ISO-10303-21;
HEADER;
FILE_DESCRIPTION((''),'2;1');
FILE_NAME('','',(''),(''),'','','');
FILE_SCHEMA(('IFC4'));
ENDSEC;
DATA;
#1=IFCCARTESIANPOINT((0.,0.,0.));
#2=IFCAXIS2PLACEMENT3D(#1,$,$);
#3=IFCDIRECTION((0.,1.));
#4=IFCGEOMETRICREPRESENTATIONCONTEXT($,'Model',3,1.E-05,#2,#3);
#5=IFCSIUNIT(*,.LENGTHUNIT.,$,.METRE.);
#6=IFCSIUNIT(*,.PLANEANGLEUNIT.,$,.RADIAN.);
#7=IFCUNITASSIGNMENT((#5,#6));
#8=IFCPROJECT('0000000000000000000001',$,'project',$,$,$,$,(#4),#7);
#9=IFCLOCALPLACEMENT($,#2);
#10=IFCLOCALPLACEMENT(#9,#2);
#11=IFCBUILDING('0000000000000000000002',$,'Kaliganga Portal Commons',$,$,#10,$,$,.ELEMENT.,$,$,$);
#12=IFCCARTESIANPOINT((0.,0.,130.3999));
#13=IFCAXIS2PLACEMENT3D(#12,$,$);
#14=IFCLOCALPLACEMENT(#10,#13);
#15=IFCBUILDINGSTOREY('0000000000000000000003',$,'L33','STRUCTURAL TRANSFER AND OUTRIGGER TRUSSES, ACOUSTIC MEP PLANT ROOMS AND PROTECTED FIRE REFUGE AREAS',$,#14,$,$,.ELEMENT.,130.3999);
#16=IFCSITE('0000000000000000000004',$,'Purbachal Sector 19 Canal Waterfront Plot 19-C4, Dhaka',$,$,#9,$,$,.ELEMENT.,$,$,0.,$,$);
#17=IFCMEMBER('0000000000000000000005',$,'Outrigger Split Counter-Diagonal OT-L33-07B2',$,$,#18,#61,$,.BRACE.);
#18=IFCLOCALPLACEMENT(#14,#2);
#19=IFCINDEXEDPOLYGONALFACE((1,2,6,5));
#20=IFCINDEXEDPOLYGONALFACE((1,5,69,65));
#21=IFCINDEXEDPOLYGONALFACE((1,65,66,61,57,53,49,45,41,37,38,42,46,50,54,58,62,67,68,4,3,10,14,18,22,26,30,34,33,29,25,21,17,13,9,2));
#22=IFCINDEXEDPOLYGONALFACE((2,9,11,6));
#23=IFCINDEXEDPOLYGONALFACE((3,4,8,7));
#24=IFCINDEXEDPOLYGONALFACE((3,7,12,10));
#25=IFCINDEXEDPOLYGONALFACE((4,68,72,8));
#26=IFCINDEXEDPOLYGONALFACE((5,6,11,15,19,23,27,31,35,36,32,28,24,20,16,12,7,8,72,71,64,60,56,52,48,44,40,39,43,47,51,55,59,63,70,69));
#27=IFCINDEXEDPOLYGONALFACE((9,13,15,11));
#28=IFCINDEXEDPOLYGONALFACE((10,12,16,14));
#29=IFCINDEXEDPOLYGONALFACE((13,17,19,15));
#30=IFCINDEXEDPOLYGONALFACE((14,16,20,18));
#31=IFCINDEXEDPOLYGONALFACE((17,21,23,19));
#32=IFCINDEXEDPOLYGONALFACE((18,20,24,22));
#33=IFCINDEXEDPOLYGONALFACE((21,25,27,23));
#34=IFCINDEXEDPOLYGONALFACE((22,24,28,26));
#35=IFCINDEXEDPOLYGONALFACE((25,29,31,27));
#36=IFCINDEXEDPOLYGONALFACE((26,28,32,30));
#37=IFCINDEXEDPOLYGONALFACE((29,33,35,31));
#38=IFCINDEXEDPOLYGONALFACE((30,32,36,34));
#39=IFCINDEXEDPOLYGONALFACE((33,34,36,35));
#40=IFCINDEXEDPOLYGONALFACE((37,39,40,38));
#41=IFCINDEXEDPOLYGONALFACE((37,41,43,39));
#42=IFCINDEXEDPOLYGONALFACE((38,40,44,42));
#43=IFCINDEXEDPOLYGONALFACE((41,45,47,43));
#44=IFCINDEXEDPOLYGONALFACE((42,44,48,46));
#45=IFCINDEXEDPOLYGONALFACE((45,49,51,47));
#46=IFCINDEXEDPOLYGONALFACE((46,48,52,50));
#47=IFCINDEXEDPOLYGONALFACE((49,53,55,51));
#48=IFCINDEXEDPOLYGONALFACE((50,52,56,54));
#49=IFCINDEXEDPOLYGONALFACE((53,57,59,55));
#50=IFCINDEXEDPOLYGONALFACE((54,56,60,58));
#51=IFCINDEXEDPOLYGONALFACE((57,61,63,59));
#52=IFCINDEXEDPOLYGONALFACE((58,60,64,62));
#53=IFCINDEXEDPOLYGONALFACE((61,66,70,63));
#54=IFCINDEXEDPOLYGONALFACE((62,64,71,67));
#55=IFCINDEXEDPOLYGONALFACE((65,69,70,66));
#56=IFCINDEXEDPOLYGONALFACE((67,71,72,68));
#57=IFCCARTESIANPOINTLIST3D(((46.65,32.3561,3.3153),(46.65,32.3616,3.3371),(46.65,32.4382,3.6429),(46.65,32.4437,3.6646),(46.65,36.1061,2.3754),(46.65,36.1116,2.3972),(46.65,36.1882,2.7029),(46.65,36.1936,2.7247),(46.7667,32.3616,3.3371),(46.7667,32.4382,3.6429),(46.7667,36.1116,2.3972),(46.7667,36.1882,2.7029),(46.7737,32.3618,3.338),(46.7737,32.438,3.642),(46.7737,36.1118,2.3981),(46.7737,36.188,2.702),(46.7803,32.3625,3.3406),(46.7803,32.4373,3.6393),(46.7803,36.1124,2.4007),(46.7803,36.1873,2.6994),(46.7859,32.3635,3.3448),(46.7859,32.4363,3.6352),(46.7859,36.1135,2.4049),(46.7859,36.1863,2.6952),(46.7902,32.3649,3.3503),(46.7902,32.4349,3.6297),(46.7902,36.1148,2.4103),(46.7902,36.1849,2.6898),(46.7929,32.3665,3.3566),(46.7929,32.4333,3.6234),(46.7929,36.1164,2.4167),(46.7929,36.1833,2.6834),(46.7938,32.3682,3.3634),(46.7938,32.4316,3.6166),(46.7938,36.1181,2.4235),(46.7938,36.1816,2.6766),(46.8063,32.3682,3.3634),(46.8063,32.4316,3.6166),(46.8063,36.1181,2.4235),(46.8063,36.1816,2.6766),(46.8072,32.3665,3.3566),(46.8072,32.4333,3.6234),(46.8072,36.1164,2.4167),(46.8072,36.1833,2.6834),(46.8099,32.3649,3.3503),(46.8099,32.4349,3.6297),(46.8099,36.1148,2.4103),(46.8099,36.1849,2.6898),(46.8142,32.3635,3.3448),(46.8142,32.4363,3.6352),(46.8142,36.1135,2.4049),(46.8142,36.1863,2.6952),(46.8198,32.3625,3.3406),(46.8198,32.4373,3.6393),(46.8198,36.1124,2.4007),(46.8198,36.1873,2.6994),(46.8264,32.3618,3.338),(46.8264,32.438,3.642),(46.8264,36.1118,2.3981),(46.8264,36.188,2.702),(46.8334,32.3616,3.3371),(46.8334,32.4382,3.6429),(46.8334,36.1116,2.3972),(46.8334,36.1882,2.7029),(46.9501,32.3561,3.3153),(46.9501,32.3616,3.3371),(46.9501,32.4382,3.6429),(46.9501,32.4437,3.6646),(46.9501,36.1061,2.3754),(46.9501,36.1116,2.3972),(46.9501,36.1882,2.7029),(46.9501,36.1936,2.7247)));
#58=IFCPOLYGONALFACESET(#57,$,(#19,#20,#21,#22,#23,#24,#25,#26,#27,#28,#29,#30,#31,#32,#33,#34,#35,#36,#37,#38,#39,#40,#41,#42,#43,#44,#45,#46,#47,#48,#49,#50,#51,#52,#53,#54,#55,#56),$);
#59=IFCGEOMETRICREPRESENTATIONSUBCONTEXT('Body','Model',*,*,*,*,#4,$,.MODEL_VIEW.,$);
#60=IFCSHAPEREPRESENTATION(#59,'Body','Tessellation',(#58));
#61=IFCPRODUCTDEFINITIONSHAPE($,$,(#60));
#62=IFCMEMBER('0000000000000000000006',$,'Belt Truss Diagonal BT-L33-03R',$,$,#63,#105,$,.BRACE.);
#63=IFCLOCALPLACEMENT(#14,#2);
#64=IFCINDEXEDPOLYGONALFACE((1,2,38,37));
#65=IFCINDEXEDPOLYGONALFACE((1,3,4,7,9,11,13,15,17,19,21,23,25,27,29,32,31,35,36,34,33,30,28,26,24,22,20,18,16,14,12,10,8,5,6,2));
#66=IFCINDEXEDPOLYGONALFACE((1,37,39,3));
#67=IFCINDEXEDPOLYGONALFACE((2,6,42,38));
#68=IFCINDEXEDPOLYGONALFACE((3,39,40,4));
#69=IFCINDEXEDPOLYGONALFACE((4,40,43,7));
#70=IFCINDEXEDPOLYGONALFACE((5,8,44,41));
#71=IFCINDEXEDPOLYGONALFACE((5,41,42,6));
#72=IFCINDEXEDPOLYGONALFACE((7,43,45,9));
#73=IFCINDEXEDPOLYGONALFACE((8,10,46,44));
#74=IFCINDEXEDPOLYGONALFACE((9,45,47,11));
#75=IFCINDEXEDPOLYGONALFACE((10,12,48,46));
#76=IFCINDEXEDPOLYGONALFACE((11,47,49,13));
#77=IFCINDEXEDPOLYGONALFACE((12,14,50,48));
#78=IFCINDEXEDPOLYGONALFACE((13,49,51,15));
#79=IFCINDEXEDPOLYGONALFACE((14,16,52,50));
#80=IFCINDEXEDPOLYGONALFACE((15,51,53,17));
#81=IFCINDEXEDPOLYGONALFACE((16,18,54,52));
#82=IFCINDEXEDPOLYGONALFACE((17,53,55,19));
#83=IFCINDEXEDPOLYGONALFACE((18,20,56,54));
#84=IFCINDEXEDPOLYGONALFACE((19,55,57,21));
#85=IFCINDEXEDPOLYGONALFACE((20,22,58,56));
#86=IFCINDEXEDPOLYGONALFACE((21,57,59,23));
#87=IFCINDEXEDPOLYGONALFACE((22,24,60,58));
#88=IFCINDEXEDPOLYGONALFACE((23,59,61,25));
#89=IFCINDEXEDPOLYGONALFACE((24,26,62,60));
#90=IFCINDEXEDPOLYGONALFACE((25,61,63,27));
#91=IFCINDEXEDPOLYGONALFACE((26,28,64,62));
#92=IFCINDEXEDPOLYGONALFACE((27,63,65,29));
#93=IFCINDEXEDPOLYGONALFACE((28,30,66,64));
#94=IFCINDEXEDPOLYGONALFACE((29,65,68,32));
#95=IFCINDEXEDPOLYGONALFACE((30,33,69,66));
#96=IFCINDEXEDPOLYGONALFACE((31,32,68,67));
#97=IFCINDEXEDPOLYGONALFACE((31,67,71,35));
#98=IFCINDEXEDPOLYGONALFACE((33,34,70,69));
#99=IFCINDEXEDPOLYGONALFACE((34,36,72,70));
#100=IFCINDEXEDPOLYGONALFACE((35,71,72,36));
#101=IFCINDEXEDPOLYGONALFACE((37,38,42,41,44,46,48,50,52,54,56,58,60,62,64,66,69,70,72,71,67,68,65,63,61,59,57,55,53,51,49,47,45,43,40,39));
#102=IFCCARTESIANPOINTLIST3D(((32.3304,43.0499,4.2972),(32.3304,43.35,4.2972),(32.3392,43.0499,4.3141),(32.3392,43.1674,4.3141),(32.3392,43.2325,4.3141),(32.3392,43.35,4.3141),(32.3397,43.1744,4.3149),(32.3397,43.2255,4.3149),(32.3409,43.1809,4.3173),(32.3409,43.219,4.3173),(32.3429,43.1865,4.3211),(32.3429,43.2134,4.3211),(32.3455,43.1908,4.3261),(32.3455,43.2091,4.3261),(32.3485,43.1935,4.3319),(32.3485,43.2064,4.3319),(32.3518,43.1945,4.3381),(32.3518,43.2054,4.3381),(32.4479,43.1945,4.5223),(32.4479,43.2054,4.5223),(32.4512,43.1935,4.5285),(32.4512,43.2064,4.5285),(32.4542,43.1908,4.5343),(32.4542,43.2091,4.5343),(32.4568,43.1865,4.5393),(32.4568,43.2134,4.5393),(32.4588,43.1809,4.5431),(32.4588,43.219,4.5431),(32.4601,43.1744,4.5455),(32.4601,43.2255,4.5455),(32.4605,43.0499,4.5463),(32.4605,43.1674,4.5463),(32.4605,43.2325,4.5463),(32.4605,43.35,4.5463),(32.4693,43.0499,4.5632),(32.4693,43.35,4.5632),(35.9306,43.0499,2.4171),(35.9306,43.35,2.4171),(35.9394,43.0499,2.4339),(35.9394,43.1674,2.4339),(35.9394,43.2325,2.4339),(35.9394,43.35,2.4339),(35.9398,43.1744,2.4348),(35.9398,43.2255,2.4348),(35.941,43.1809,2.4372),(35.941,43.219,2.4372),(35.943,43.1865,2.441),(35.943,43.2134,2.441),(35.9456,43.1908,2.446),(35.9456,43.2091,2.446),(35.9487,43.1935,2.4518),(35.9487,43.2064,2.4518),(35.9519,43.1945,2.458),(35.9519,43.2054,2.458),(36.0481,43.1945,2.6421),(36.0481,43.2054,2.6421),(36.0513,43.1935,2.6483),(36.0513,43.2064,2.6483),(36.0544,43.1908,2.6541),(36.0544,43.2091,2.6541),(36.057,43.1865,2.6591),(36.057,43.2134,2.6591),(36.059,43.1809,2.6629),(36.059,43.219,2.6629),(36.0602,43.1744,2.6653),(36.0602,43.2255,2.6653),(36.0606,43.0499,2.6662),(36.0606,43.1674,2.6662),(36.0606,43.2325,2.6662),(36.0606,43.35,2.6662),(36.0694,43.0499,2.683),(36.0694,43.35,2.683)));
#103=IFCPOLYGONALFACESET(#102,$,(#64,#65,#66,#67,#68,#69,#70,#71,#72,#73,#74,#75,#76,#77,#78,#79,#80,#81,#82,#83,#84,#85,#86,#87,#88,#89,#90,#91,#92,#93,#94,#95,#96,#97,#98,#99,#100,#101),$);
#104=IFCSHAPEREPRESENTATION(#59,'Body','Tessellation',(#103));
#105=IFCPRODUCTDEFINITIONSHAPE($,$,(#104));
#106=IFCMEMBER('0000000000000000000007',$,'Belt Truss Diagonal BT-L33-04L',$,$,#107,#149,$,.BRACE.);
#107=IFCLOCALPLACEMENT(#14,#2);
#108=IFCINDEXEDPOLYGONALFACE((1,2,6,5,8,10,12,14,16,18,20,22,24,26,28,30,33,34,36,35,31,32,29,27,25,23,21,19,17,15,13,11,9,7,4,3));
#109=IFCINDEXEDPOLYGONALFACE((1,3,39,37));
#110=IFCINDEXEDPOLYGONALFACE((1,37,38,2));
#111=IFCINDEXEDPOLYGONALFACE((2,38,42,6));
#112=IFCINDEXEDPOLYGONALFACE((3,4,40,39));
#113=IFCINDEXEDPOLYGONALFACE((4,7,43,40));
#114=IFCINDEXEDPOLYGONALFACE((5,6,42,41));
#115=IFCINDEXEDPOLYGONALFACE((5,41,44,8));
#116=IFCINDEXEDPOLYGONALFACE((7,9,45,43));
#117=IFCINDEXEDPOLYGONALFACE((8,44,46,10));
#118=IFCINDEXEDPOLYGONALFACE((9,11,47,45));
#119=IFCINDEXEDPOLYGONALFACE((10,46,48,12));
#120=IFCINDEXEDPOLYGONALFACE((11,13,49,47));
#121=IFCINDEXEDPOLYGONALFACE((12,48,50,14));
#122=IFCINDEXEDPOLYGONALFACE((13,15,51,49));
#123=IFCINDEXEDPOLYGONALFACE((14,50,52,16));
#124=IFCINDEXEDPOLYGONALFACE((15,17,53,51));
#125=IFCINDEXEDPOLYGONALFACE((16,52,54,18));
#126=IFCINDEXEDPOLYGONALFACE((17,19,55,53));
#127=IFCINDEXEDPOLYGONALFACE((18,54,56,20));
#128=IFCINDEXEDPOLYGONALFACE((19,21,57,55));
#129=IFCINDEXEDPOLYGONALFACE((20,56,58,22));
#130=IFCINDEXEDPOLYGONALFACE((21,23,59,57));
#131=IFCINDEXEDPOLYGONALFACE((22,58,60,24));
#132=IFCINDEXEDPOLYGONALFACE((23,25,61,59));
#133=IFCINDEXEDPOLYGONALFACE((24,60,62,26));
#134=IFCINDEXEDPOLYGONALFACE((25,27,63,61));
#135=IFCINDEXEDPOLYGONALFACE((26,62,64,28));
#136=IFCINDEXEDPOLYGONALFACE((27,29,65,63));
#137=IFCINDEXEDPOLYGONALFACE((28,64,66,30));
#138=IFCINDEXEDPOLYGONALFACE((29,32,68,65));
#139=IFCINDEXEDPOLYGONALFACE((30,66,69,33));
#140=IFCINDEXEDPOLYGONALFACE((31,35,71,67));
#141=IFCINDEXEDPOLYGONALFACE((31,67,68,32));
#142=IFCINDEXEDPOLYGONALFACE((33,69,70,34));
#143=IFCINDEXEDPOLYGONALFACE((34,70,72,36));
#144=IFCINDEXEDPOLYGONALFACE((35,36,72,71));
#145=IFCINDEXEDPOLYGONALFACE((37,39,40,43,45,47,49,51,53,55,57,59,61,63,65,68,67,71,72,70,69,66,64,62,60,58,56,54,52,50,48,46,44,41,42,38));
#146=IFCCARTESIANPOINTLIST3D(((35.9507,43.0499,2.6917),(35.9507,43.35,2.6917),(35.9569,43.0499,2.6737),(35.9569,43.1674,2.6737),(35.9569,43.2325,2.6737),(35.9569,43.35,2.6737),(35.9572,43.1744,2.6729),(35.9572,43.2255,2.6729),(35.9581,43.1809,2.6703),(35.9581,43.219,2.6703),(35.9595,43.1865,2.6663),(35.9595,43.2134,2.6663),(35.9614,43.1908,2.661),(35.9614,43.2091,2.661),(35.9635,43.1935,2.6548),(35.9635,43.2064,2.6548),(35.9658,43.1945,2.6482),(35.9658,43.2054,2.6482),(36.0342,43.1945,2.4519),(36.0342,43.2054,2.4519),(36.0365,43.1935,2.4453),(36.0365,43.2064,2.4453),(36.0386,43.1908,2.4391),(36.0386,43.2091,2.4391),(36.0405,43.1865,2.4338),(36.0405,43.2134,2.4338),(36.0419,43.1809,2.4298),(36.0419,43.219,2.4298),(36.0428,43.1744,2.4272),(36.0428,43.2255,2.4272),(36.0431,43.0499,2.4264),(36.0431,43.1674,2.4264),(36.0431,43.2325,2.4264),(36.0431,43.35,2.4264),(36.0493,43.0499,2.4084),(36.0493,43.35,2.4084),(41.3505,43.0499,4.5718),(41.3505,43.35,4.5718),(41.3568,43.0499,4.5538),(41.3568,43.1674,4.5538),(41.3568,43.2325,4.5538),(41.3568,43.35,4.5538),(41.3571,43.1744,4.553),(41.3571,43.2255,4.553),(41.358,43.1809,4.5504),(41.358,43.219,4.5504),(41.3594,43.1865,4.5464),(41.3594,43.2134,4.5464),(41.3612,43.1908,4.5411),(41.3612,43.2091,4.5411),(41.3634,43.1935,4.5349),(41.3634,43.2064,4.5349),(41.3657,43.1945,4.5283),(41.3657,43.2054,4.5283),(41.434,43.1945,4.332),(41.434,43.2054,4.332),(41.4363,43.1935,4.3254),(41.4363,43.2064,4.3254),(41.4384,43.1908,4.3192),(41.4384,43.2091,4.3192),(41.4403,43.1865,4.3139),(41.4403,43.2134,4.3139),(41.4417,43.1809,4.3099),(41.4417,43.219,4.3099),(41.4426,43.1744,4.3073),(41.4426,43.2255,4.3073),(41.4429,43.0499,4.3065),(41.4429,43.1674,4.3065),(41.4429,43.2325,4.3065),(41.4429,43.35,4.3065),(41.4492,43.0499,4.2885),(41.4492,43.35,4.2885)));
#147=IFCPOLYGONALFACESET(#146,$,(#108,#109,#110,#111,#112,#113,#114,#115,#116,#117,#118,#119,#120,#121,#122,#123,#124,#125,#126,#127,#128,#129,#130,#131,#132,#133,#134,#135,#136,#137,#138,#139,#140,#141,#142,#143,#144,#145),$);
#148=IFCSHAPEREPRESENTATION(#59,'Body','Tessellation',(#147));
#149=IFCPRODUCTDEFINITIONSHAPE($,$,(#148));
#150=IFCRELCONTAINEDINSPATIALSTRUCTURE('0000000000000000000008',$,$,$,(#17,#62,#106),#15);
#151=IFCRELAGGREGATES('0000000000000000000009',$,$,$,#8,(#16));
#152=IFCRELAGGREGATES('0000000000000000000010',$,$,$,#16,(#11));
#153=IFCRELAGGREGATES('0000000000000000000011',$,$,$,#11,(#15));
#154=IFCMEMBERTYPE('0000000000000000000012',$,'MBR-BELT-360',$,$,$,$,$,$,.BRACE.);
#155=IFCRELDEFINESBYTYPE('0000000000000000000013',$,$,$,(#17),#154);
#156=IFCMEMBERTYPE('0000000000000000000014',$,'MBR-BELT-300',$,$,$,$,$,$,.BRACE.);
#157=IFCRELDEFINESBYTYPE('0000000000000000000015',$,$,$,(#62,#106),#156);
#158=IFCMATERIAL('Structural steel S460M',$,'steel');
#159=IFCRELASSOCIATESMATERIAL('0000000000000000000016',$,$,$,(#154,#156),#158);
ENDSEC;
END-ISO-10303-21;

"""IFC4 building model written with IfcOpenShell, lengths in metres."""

from ifc_helpers import new_model, si_unit, direction, frame, origin, origin_2d, place, context, subcontext, project, spatial, i_section, extrude, source, transform, mapped, material, material_profile, profile_set, type_object, element, save


model = new_model("IFC4")

# Units and contexts
model_context = context("Model", 3, precision=1e-05, world=origin(), true_north=direction((0.0, 1.0)))
body_context = subcontext(model_context, "Body", "Model", "MODEL_VIEW")
ifc_project = project(units=[si_unit("LENGTHUNIT", "METRE"), si_unit("PLANEANGLEUNIT", "RADIAN")], contexts=[model_context])

# Site, building, storey
site_placement = place(None, origin())
site = spatial("IfcSite", under=ifc_project, at=site_placement, Name="Purbachal Sector 19 Canal Waterfront Plot 19-C4, Dhaka", CompositionType="ELEMENT", RefElevation=0.0)
building_placement = place(site_placement, origin())
building = spatial("IfcBuilding", under=site, at=building_placement, Name="Kaliganga Portal Commons", CompositionType="ELEMENT")
storey_placement = place(building_placement, frame((0.0, 0.0, 130.3999)))
storey = spatial("IfcBuildingStorey", under=building, at=storey_placement, Name="L33", Description="STRUCTURAL TRANSFER AND OUTRIGGER TRUSSES, ACOUSTIC MEP PLANT ROOMS AND PROTECTED FIRE REFUGE AREAS", CompositionType="ELEMENT", Elevation=130.3999)

# Shared definitions
ifc_material_1 = material(Name="Structural steel S460M", Category="steel")

# Members
ifc_material_profile_1 = material_profile(ifc_material_1, i_section(OverallWidth=0.3, OverallDepth=0.3601, WebThickness=0.0125, FlangeThickness=0.0225, FilletRadius=0.0271, at=origin_2d()), Name="HE 360 B")
ifc_profile_set_1 = profile_set([ifc_material_profile_1], Name="Structural steel S460M wide-flange")
member_type_1 = type_object("IfcMemberType", Name="MBR-BELT-360", PredefinedType="BRACE", material=ifc_profile_set_1)
shared_shape_1 = source(origin(), body_context, "Body", "SweptSolid", [
    extrude(i_section(OverallWidth=0.3, OverallDepth=0.3601, WebThickness=0.0125, FlangeThickness=0.0225, FilletRadius=0.0271, at=origin_2d()), origin(), (0.0, 0.0, 1.0), 3.866),
])
for number, where, z_axis, x_axis, name in (
    (1, (46.8, 32.3999, 3.49), (0.0, 0.969994, -0.24313), (-1.0, 0.0, 0.0), "Outrigger Split Counter-Diagonal OT-L33-07B2"),
):
    element("IfcMember", number, at=place(storey_placement, frame(where, z_axis=z_axis, x_axis=x_axis)), inside=storey, type_object=member_type_1, Name=name, PredefinedType="BRACE", context=body_context, shape_type="MappedRepresentation", body=[
        mapped(shared_shape_1, transform((0.0, 0.0, 0.0), x_axis=(1.0, 0.0, 0.0), y_axis=(0.0, 1.0, 0.0), z_axis=(0.0, 0.0, 1.0), scale=1.0)),
    ])
ifc_material_profile_2 = material_profile(ifc_material_1, i_section(OverallWidth=0.3, OverallDepth=0.3, WebThickness=0.011, FlangeThickness=0.019, FilletRadius=0.0271, at=origin_2d()), Name="HE 300 B")
ifc_profile_set_2 = profile_set([ifc_material_profile_2], Name="Structural steel S460M wide-flange")
member_type_2 = type_object("IfcMemberType", Name="MBR-BELT-300", PredefinedType="BRACE", material=ifc_profile_set_2)
shared_shape_2 = source(origin(), body_context, "Body", "SweptSolid", [
    extrude(i_section(OverallWidth=0.3, OverallDepth=0.3, WebThickness=0.011, FlangeThickness=0.019, FilletRadius=0.0271, at=origin_2d()), origin(), (0.0, 0.0, 1.0), 4.0615),
])
member_1_placement = place(storey_placement, frame((36.0, 43.2, 2.55), z_axis=(-0.886401, 0.0, 0.462917), x_axis=(0.0, -1.0, 0.0)))
element("IfcMember", 2, at=member_1_placement, inside=storey, type_object=member_type_2, Name="Belt Truss Diagonal BT-L33-03R", PredefinedType="BRACE", context=body_context, shape_type="MappedRepresentation", body=[
    mapped(shared_shape_2, transform((0.0, 0.0, 0.0), x_axis=(1.0, 0.0, 0.0), y_axis=(0.0, 1.0, 0.0), z_axis=(0.0, 0.0, 1.0), scale=1.0)),
])
shared_shape_3 = source(origin(), body_context, "Body", "SweptSolid", [
    extrude(i_section(OverallWidth=0.3, OverallDepth=0.3, WebThickness=0.011, FlangeThickness=0.019, FilletRadius=0.0271, at=origin_2d()), origin(), (0.0, 0.0, 1.0), 5.7178),
])
member_2_placement = place(storey_placement, frame((36.0, 43.2, 2.55), z_axis=(0.944394, 0.0, 0.328817), x_axis=(0.0, 1.0, 0.0)))
element("IfcMember", 3, at=member_2_placement, inside=storey, type_object=member_type_2, Name="Belt Truss Diagonal BT-L33-04L", PredefinedType="BRACE", context=body_context, shape_type="MappedRepresentation", body=[
    mapped(shared_shape_3, transform((0.0, 0.0, 0.0), x_axis=(1.0, 0.0, 0.0), y_axis=(0.0, 1.0, 0.0), z_axis=(0.0, 0.0, 1.0), scale=1.0)),
])

save(model, "model.ifc")
